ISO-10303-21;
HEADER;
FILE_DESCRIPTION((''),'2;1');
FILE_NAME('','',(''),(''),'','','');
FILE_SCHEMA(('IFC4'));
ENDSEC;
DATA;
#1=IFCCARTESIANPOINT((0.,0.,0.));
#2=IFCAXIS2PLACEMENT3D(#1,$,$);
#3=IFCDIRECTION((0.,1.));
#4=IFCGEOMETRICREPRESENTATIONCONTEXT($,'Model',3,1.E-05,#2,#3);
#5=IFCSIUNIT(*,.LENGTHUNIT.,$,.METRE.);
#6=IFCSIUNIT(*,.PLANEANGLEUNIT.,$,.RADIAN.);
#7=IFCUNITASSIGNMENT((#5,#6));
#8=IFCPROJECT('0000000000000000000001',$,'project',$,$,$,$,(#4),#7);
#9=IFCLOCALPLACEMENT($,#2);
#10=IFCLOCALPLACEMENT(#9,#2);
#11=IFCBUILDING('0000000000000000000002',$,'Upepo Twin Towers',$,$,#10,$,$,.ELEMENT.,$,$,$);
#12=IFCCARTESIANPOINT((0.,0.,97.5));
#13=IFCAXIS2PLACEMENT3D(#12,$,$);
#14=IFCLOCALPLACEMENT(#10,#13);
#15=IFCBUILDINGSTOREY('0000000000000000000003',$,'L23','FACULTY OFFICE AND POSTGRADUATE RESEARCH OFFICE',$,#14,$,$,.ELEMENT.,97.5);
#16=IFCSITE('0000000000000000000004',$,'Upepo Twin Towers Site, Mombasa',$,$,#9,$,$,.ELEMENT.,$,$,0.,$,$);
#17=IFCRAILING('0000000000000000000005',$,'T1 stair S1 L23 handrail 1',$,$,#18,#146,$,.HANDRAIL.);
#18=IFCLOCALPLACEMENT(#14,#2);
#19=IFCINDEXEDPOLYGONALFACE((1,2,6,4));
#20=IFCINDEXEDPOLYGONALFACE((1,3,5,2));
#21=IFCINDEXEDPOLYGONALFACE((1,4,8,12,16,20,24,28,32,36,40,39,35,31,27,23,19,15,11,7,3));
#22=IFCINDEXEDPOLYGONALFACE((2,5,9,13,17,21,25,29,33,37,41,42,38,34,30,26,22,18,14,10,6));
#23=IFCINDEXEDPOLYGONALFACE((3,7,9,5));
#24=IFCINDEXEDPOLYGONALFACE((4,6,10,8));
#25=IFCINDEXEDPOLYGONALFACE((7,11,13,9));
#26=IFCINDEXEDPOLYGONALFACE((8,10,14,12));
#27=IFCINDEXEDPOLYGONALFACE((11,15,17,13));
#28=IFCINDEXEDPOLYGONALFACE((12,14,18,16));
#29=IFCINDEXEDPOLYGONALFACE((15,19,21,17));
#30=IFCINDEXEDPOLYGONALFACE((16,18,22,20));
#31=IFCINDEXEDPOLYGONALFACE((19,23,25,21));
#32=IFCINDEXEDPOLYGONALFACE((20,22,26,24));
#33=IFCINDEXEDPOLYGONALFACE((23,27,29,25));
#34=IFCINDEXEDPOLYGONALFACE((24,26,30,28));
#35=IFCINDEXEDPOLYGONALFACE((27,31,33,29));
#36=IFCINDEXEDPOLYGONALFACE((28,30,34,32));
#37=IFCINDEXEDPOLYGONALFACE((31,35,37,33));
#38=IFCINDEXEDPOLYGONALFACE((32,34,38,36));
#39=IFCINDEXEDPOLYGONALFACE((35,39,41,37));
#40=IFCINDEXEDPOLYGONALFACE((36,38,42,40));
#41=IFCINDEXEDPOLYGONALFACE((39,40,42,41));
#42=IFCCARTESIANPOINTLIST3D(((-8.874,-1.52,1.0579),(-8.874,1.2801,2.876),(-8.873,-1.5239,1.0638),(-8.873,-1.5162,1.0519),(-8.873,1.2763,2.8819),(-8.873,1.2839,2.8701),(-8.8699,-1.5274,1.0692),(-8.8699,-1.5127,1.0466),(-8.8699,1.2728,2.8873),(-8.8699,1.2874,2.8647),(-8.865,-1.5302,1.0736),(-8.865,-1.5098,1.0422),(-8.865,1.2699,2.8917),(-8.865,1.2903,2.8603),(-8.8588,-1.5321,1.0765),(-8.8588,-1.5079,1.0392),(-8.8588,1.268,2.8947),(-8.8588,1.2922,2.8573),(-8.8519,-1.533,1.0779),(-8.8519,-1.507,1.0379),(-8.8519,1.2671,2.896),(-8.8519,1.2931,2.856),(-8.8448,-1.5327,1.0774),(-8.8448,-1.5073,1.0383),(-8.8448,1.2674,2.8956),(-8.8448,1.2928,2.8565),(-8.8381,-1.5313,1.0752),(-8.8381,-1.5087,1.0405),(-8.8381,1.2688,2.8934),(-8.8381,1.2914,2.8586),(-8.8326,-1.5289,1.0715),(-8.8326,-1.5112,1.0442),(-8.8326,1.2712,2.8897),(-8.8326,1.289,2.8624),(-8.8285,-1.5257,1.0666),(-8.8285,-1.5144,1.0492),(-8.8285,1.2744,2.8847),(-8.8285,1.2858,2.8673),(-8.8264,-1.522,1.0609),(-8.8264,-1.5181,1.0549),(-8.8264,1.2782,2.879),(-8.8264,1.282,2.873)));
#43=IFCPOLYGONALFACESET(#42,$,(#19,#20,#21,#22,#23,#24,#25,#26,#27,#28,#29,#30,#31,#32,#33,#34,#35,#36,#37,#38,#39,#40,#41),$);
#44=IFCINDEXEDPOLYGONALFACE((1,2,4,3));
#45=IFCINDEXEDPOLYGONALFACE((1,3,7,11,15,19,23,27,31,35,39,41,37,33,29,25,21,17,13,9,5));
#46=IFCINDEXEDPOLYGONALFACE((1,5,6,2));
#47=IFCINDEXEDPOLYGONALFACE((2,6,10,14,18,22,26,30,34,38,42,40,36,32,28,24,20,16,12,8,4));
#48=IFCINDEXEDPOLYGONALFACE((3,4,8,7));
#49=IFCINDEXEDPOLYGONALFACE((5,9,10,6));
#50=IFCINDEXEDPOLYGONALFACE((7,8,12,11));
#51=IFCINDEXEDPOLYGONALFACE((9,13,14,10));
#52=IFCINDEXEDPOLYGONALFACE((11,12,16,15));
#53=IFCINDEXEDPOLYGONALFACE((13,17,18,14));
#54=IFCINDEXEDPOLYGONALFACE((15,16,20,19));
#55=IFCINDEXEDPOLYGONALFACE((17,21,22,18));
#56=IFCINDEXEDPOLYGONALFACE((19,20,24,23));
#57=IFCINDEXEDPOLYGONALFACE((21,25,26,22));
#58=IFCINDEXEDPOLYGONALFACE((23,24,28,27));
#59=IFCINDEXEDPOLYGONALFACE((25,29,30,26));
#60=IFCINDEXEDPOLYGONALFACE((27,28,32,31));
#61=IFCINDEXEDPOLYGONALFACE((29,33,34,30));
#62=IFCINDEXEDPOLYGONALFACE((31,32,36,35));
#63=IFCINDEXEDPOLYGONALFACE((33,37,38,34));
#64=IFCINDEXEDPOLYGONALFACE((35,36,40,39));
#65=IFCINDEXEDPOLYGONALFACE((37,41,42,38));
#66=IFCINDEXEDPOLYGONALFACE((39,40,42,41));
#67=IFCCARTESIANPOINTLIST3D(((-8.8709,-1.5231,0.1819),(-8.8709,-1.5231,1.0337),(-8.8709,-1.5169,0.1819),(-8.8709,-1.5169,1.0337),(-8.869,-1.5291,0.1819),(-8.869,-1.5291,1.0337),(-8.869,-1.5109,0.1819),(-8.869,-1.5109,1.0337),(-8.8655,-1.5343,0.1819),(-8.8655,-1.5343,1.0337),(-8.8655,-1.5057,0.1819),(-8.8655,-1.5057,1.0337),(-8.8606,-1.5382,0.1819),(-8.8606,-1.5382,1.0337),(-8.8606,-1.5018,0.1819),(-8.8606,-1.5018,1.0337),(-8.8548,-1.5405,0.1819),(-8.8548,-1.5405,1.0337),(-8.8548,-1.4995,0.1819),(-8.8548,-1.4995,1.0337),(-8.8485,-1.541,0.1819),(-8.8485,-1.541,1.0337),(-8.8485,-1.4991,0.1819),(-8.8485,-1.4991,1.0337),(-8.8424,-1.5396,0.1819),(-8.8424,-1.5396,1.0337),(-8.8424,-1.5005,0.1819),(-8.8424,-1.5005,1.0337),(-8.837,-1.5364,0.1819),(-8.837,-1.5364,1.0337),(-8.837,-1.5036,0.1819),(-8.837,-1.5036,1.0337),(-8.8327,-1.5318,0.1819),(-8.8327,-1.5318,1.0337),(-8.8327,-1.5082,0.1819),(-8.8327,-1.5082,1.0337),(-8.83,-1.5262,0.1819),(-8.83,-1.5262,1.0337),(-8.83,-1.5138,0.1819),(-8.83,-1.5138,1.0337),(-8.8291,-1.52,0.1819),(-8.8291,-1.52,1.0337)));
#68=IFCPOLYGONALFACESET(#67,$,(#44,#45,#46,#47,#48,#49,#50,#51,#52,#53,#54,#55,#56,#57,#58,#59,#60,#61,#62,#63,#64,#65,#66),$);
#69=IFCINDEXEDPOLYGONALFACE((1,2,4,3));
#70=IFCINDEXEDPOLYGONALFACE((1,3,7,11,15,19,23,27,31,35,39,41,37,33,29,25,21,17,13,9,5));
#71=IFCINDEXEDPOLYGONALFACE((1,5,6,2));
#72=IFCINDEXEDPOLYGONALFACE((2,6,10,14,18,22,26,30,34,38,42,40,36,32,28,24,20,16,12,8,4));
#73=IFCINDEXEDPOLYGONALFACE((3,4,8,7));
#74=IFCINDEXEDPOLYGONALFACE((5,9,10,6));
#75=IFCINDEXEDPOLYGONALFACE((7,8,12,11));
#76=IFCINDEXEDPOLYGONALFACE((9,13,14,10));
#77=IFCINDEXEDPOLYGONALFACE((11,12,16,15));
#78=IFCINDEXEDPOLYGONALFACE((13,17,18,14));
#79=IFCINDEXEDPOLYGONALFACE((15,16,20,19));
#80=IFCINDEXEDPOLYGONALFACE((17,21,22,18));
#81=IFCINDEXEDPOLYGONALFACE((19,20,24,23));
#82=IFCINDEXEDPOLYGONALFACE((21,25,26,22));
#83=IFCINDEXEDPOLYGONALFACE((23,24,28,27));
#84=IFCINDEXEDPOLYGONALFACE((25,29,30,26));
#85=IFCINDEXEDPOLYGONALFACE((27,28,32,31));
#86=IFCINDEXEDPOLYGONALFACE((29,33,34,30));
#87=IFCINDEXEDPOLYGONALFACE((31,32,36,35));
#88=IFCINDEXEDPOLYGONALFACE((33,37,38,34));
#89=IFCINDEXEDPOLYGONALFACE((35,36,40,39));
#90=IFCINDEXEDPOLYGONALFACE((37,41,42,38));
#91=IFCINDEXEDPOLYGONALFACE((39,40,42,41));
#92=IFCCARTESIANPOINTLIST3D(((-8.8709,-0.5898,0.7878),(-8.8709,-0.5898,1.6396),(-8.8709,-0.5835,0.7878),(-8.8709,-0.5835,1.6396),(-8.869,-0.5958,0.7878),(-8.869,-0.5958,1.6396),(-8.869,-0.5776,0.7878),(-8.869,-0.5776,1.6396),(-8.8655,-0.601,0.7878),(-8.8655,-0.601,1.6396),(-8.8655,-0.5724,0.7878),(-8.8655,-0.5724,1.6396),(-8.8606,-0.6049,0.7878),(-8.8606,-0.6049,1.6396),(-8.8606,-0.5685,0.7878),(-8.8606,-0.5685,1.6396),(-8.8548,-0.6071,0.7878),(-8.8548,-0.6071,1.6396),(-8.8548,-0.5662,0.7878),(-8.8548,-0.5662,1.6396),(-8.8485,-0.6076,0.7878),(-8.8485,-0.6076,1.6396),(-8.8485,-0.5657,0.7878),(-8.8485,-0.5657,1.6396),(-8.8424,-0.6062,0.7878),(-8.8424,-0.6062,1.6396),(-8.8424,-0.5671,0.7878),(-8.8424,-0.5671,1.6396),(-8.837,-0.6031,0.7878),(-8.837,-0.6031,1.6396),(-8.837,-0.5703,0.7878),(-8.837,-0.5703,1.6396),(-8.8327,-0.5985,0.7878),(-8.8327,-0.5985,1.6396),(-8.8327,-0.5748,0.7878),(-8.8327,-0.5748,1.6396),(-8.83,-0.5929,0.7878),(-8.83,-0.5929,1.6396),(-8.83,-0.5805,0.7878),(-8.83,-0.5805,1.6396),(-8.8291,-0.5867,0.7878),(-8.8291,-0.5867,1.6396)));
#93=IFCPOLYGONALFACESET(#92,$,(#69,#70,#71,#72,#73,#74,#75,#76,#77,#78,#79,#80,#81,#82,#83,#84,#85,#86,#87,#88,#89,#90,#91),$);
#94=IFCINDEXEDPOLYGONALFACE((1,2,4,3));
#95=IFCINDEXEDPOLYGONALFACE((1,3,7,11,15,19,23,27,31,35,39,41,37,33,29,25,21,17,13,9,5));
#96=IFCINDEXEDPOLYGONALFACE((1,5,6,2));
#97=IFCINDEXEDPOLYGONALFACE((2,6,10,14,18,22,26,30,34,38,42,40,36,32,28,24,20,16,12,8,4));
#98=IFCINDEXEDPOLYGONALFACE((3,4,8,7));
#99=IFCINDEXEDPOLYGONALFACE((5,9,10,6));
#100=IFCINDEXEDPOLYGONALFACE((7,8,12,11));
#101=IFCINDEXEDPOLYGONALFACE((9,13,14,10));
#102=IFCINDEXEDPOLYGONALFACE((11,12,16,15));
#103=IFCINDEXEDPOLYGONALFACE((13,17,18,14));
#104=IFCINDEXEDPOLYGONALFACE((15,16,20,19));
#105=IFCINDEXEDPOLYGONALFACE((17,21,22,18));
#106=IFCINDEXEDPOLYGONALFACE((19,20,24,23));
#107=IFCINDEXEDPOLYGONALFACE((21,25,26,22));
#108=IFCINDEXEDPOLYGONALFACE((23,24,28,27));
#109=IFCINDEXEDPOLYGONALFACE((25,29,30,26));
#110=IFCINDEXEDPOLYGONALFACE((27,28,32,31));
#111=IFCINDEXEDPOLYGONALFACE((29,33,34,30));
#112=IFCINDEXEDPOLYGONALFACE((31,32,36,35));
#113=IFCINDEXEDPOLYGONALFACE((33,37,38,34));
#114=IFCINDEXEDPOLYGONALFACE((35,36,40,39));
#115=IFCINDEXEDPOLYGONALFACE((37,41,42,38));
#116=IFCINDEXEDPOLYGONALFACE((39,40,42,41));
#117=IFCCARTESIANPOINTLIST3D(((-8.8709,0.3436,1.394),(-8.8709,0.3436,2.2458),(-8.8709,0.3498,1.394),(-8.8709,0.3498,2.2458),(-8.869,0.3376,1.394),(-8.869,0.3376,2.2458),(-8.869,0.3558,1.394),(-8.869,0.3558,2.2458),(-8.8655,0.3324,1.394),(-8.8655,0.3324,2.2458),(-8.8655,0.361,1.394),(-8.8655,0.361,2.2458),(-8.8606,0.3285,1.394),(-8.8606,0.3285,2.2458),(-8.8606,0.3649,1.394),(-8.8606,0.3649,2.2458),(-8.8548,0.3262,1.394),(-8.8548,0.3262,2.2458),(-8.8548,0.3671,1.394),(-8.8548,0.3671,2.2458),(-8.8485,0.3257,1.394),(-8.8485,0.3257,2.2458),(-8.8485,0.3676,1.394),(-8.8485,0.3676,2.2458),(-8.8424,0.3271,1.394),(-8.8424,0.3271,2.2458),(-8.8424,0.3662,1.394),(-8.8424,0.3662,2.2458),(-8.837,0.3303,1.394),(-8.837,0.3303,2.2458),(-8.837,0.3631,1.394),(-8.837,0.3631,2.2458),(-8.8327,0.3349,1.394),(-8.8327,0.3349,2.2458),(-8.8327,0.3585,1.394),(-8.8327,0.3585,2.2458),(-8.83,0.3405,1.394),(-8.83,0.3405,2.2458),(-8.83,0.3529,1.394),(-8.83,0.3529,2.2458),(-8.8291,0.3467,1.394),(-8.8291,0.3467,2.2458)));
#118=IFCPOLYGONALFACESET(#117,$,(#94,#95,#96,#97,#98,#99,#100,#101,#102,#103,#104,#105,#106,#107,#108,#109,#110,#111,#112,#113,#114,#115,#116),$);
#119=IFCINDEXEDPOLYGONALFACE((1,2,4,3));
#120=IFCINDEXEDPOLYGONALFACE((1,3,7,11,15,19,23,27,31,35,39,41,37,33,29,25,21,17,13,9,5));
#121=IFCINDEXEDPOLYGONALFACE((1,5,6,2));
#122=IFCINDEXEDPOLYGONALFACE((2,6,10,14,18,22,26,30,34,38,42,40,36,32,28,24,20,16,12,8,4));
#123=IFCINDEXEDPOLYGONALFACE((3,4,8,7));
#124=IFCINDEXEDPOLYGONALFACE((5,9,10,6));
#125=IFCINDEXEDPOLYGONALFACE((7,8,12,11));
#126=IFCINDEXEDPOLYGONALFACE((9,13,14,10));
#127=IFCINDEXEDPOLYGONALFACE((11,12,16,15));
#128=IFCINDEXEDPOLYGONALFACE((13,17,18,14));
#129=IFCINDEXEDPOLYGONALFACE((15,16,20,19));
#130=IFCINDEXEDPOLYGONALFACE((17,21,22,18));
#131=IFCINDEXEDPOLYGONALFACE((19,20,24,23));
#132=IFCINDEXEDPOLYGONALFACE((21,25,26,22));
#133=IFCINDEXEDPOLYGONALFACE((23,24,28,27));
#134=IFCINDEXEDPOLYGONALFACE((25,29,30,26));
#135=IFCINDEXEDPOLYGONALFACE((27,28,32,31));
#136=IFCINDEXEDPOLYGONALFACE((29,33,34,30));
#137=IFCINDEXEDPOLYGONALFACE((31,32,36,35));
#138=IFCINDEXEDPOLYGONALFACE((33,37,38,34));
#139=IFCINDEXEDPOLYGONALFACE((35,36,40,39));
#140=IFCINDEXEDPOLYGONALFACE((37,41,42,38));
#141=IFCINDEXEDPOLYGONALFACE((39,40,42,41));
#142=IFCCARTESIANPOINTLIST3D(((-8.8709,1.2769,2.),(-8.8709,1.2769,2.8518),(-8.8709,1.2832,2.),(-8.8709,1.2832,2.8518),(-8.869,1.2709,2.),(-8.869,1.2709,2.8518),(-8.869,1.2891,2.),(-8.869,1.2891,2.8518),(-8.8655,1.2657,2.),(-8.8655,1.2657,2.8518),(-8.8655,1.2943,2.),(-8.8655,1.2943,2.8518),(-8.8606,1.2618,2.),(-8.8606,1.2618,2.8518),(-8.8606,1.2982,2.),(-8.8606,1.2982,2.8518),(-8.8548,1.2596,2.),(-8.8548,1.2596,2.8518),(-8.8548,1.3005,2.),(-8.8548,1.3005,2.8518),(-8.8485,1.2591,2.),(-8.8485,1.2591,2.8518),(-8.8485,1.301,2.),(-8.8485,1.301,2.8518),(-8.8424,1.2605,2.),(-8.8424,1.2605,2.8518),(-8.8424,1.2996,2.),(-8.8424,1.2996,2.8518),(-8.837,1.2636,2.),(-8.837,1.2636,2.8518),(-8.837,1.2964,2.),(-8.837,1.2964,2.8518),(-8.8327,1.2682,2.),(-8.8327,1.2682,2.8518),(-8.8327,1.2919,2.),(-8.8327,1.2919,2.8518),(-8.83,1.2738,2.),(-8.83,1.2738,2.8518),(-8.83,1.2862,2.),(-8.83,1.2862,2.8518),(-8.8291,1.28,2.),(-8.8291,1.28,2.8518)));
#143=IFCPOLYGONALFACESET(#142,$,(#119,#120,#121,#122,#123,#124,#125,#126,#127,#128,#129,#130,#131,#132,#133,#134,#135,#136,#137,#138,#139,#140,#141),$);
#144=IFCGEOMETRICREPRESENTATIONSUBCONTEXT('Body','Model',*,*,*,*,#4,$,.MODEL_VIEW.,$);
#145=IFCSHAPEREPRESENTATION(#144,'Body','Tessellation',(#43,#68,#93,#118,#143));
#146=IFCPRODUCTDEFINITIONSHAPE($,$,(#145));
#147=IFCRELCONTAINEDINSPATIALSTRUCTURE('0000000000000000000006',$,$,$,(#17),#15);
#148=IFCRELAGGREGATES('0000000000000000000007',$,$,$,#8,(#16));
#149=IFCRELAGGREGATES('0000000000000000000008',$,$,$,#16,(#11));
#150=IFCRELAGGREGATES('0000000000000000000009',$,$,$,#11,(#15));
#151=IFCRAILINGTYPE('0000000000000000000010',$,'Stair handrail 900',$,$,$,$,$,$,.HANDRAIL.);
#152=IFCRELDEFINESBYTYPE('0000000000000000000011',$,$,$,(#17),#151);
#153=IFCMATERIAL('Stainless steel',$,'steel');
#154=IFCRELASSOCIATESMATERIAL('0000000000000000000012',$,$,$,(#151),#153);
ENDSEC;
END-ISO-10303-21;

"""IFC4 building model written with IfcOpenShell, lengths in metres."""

from ifc_helpers import new_model, si_unit, direction, frame, origin, origin_2d, place, context, subcontext, project, spatial, circle, extrude, material, type_object, element, save


model = new_model("IFC4")

# Units and contexts
model_context = context("Model", 3, precision=1e-05, world=origin(), true_north=direction((0.0, 1.0)))
body_context = subcontext(model_context, "Body", "Model", "MODEL_VIEW")
ifc_project = project(units=[si_unit("LENGTHUNIT", "METRE"), si_unit("PLANEANGLEUNIT", "RADIAN")], contexts=[model_context])

# Site, building, storey
site_placement = place(None, origin())
site = spatial("IfcSite", under=ifc_project, at=site_placement, Name="Upepo Twin Towers Site, Mombasa", CompositionType="ELEMENT", RefElevation=0.0)
building_placement = place(site_placement, origin())
building = spatial("IfcBuilding", under=site, at=building_placement, Name="Upepo Twin Towers", CompositionType="ELEMENT")
storey_placement = place(building_placement, frame((0.0, 0.0, 97.5)))
storey = spatial("IfcBuildingStorey", under=building, at=storey_placement, Name="L23", Description="FACULTY OFFICE AND POSTGRADUATE RESEARCH OFFICE", CompositionType="ELEMENT", Elevation=97.5)

# Railing
ifc_material_1 = material(Name="Stainless steel", Category="steel")
railing_type = type_object("IfcRailingType", Name="Stair handrail 900", PredefinedType="HANDRAIL", material=ifc_material_1)
railing_1_placement = place(storey_placement, frame((-8.8501, -1.52, 0.1819)))
element("IfcRailing", 1, at=railing_1_placement, inside=storey, type_object=railing_type, Name="T1 stair S1 L23 handrail 1", PredefinedType="HANDRAIL", context=body_context, shape_type="SweptSolid", body=[
    extrude(circle(Radius=0.0239, at=origin_2d()), frame((0.0, 0.0, 0.876), z_axis=(0.0, 0.838706, 0.544585), x_axis=(-1.0, 0.0, 0.0)), (0.0, 0.0, 1.0), 3.3386),
    extrude(circle(Radius=0.021, at=origin_2d()), origin(), (0.0, 0.0, 1.0), 0.8518),
    extrude(circle(Radius=0.021, at=origin_2d()), frame((0.0, 0.9333, 0.606)), (0.0, 0.0, 1.0), 0.8518),
    extrude(circle(Radius=0.021, at=origin_2d()), frame((0.0, 1.8667, 1.2122)), (0.0, 0.0, 1.0), 0.8518),
    extrude(circle(Radius=0.021, at=origin_2d()), frame((0.0, 2.8, 1.8181)), (0.0, 0.0, 1.0), 0.8518),
])

save(model, "model.ifc")
